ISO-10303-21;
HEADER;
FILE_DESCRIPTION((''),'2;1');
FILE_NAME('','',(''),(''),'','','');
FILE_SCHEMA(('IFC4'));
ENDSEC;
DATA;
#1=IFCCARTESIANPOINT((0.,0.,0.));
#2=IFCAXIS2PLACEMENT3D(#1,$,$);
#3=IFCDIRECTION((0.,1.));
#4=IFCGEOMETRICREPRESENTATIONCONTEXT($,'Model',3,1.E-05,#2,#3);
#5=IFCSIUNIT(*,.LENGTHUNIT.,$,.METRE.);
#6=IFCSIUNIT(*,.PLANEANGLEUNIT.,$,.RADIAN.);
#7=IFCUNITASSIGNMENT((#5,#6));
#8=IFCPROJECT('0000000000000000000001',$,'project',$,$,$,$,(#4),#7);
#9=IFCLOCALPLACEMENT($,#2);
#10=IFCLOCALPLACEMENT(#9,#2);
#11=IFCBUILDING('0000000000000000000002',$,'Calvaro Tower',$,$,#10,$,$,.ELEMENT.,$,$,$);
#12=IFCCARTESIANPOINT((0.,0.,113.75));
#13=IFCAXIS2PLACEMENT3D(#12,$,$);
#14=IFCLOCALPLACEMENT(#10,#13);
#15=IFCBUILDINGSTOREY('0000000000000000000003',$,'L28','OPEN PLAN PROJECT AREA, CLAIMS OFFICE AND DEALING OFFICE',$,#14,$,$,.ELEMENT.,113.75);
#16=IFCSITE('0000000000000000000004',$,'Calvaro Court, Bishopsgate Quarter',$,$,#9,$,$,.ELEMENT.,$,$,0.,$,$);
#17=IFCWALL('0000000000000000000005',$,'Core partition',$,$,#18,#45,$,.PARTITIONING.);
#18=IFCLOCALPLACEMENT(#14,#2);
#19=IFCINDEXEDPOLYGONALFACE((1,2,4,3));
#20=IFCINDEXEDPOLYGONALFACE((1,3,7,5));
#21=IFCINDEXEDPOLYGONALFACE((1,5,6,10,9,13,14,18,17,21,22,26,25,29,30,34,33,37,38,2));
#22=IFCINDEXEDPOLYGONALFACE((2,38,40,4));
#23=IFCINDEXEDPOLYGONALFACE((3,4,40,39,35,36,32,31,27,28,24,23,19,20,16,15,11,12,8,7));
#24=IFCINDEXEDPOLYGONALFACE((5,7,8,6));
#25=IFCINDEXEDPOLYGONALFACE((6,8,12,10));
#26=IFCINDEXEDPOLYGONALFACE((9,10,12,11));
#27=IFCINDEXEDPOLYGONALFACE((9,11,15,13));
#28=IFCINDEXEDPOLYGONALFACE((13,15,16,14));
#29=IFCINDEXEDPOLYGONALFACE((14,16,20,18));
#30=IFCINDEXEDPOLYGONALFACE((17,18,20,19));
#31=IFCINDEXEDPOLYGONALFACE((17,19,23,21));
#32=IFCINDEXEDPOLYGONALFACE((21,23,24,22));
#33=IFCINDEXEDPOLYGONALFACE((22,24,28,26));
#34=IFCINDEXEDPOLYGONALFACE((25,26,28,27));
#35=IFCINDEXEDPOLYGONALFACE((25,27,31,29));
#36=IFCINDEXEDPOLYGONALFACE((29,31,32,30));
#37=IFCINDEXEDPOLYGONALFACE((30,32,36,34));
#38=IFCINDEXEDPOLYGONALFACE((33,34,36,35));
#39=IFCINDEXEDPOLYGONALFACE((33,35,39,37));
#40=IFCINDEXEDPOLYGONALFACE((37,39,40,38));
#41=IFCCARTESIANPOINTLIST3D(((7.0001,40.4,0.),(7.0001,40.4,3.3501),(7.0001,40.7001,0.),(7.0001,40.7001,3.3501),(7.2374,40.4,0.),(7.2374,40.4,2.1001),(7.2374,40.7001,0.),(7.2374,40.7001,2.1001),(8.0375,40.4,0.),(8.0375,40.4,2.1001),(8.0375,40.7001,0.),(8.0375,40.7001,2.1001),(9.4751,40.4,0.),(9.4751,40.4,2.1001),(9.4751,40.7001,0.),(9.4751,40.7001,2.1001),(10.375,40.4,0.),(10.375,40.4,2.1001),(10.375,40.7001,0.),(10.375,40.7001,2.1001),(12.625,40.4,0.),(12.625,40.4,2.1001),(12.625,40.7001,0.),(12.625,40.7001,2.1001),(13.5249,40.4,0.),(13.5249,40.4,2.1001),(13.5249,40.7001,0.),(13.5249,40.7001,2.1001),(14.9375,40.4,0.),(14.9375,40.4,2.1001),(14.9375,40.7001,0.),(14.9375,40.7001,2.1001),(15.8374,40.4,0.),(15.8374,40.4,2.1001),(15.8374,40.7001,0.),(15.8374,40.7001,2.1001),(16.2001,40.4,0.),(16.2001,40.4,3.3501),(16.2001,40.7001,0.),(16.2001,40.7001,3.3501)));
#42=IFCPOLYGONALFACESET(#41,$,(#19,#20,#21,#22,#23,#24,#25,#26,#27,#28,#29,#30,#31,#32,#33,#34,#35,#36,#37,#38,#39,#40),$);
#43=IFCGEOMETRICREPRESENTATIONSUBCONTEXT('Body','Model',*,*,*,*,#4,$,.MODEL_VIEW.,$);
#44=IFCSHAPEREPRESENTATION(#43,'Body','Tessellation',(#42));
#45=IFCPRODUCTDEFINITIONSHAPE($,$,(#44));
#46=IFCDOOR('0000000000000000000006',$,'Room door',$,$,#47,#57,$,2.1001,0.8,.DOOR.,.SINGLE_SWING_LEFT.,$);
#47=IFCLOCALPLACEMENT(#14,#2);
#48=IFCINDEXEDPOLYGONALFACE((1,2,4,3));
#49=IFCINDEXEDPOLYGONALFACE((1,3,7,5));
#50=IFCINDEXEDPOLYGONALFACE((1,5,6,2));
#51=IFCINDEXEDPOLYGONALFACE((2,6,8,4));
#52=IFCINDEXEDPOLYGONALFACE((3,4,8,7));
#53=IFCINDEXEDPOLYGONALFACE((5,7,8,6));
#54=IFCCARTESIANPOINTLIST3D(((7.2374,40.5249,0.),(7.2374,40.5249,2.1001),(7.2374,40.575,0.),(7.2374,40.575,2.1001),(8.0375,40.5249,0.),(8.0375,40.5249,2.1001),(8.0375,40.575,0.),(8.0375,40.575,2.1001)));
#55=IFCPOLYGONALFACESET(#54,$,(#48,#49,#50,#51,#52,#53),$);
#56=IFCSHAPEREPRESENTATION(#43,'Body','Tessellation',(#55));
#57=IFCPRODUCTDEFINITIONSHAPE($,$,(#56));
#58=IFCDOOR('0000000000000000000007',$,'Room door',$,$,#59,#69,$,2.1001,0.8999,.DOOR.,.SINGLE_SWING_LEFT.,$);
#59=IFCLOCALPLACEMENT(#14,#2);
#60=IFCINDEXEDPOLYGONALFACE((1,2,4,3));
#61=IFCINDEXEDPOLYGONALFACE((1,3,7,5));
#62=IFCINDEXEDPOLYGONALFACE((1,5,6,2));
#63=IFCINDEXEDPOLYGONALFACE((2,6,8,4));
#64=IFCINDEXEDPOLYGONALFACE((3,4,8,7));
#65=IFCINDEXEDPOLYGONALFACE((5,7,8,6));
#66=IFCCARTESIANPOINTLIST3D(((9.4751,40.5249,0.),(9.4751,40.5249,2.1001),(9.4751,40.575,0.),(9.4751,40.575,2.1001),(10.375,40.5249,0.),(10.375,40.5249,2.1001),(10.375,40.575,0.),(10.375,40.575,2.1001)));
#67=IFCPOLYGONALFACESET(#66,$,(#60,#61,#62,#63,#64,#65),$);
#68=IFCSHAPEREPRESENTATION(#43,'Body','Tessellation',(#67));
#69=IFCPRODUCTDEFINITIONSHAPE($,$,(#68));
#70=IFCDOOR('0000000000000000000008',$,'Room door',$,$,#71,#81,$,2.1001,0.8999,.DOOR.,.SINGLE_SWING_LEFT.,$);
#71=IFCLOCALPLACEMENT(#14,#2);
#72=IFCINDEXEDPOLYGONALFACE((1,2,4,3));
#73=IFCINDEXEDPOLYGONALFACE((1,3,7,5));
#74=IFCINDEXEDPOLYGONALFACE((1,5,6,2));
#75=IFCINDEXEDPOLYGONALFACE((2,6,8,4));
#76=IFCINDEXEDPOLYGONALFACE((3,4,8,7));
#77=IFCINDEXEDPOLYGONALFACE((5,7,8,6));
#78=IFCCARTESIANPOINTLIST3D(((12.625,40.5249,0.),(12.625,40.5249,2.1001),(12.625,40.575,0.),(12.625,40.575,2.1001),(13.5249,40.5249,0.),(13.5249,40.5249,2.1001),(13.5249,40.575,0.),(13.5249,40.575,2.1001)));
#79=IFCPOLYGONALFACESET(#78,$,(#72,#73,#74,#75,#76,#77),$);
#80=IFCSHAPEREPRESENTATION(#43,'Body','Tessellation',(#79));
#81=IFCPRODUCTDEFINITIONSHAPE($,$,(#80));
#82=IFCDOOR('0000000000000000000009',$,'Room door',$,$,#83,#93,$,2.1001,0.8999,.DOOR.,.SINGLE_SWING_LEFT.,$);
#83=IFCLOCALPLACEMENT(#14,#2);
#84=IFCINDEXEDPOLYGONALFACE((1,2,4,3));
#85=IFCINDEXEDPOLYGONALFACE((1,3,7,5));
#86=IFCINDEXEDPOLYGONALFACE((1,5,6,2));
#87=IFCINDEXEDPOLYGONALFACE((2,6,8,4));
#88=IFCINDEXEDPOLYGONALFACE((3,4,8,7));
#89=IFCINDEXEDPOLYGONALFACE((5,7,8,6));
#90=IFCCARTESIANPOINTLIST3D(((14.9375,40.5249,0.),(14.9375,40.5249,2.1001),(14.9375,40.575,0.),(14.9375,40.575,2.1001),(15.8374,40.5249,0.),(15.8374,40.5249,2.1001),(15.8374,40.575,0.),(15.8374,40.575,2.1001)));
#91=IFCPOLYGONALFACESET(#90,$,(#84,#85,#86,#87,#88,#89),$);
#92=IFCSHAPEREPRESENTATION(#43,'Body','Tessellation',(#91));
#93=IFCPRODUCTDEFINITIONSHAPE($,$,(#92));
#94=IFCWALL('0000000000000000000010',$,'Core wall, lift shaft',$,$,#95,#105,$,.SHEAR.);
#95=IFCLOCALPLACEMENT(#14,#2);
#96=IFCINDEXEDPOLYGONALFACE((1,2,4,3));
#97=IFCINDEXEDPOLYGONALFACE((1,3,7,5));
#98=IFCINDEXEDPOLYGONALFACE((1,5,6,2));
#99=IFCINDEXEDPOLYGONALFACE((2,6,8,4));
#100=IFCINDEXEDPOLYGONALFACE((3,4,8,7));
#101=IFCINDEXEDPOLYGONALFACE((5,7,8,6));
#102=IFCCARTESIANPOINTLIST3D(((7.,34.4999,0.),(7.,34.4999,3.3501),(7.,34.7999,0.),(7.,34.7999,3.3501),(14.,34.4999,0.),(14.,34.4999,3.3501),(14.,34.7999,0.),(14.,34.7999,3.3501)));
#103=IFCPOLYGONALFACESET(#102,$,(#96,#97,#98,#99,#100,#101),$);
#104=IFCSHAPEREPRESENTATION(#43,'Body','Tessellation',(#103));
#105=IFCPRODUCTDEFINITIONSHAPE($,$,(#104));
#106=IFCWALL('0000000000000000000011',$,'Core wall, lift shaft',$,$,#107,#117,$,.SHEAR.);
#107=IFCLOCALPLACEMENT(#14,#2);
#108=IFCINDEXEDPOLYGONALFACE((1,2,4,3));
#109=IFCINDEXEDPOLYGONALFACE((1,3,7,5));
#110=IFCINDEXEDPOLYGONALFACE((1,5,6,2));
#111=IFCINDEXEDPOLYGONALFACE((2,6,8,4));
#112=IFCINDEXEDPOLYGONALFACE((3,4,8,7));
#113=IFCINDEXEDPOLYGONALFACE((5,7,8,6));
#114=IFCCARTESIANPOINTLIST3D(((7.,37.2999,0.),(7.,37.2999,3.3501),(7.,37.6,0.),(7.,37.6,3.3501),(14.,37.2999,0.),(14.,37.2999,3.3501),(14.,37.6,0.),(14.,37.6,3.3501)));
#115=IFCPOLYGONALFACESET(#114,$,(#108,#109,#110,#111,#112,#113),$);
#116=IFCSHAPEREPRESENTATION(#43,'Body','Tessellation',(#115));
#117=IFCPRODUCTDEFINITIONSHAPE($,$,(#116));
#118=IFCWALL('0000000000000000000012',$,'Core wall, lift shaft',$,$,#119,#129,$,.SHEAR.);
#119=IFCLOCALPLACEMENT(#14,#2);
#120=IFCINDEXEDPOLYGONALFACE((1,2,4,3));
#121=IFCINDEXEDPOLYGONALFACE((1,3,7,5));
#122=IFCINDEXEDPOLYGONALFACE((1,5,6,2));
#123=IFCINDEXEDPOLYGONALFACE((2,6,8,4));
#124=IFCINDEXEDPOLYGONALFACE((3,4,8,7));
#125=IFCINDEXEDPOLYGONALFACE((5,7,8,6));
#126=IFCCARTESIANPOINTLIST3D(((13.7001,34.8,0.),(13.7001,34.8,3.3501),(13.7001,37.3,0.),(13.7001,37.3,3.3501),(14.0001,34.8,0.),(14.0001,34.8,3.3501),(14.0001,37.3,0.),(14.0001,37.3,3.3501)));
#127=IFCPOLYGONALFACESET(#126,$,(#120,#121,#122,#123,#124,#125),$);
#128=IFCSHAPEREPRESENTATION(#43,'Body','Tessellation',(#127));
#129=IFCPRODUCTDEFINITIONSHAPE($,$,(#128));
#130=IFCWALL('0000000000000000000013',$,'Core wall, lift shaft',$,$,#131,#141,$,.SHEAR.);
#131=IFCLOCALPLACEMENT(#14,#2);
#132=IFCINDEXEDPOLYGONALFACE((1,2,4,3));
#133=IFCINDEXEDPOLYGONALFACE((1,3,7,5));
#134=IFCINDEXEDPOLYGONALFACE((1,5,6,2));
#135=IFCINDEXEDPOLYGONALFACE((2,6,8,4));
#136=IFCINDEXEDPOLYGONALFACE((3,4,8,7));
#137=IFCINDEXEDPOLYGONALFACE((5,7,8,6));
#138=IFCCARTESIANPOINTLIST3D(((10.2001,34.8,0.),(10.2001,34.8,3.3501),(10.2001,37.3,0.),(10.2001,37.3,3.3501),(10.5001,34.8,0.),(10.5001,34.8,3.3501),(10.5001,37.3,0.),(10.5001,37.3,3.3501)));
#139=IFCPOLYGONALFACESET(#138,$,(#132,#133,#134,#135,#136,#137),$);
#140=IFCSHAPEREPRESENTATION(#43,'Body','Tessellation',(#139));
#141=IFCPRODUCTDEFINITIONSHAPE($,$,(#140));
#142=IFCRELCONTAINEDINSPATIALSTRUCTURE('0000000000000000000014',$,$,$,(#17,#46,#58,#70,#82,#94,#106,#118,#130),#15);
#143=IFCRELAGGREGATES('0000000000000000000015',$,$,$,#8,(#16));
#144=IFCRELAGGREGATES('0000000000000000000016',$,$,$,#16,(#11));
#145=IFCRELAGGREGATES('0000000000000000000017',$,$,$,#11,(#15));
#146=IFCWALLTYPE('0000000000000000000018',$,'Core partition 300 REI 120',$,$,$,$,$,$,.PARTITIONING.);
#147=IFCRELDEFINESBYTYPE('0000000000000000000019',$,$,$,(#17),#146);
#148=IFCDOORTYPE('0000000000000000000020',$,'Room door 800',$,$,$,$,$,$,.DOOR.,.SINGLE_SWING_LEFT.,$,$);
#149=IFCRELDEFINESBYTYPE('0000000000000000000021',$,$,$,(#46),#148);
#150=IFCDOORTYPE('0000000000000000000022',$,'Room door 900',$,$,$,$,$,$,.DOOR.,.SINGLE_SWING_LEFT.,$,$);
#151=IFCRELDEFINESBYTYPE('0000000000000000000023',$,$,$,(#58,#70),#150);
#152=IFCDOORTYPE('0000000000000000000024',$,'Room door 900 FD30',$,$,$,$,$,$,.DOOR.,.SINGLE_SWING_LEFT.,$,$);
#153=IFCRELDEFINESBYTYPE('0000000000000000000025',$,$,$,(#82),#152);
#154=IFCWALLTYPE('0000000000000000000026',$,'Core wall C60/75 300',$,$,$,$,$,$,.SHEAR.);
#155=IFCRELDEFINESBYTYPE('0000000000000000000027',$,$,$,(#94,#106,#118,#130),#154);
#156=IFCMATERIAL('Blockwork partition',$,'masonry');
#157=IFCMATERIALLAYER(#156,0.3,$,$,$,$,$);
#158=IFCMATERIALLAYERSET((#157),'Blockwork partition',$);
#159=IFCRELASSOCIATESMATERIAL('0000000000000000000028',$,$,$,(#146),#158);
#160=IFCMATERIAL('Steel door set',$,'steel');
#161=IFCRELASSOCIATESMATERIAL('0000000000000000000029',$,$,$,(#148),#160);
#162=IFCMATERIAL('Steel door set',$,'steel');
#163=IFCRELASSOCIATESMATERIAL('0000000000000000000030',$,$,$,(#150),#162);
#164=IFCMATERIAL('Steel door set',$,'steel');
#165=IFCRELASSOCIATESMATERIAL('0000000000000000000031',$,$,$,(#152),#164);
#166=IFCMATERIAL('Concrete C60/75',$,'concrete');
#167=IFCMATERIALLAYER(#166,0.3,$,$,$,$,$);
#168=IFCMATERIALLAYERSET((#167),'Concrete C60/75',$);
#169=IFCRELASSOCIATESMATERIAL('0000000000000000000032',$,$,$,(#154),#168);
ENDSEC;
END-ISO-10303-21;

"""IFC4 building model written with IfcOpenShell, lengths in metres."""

from ifc_helpers import new_model, si_unit, direction, frame, frame_2d, origin, place, context, subcontext, project, spatial, rectangle, extrude, material, layer, layer_set, type_object, element, fill, save


model = new_model("IFC4")

# Units and contexts
model_context = context("Model", 3, precision=1e-05, world=origin(), true_north=direction((0.0, 1.0)))
body_context = subcontext(model_context, "Body", "Model", "MODEL_VIEW")
ifc_project = project(units=[si_unit("LENGTHUNIT", "METRE"), si_unit("PLANEANGLEUNIT", "RADIAN")], contexts=[model_context])

# Site, building, storey
site_placement = place(None, origin())
site = spatial("IfcSite", under=ifc_project, at=site_placement, Name="Calvaro Court, Bishopsgate Quarter", CompositionType="ELEMENT", RefElevation=0.0)
building_placement = place(site_placement, origin())
building = spatial("IfcBuilding", under=site, at=building_placement, Name="Calvaro Tower", CompositionType="ELEMENT")
storey_placement = place(building_placement, frame((0.0, 0.0, 113.75)))
storey = spatial("IfcBuildingStorey", under=building, at=storey_placement, Name="L28", Description="OPEN PLAN PROJECT AREA, CLAIMS OFFICE AND DEALING OFFICE", CompositionType="ELEMENT", Elevation=113.75)

# Wall, openings, doors
ifc_material_1 = material(Name="Blockwork partition", Category="masonry")
ifc_layer_1 = layer(ifc_material_1, 0.3)
ifc_layer_set_1 = layer_set([ifc_layer_1], Name="Blockwork partition")
wall_type_1 = type_object("IfcWallType", Name="Core partition 300 REI 120", PredefinedType="PARTITIONING", material=ifc_layer_set_1)
wall_1_placement = place(storey_placement, frame((7.0, 40.55, 0.0), z_axis=(0.0, 0.0, 1.0), x_axis=(1.0, 0.0, 0.0)))
wall_1 = element("IfcWall", 1, at=wall_1_placement, inside=storey, type_object=wall_type_1, Name="Core partition", PredefinedType="PARTITIONING", context=body_context, shape_type="SweptSolid", body=[
    extrude(rectangle(XDim=9.2, YDim=0.3, at=frame_2d((4.6001, 0.0))), origin(), (0.0, 0.0, 1.0), 3.3501),
])
opening_1_placement = place(wall_1_placement, frame((0.2375, 0.0, 0.0)))
opening_1 = element("IfcOpeningElement", 2, at=opening_1_placement, cuts=wall_1, PredefinedType="OPENING", context=body_context, shape_type="SweptSolid", body=[
    extrude(rectangle(XDim=0.8, YDim=2.1001, at=frame_2d((0.3999, 1.05))), frame((0.0, 0.1599, 0.0), z_axis=(0.0, -1.0, 0.0), x_axis=(1.0, 0.0, 0.0)), (0.0, 0.0, 1.0), 0.3201),
])
opening_2_placement = place(wall_1_placement, frame((2.4751, 0.0, 0.0)))
opening_2 = element("IfcOpeningElement", 3, at=opening_2_placement, cuts=wall_1, PredefinedType="OPENING", context=body_context, shape_type="SweptSolid", body=[
    extrude(rectangle(XDim=0.8999, YDim=2.1001, at=frame_2d((0.45, 1.05))), frame((0.0, 0.1599, 0.0), z_axis=(0.0, -1.0, 0.0), x_axis=(1.0, 0.0, 0.0)), (0.0, 0.0, 1.0), 0.3201),
])
opening_3_placement = place(wall_1_placement, frame((5.625, 0.0, 0.0)))
opening_3 = element("IfcOpeningElement", 4, at=opening_3_placement, cuts=wall_1, PredefinedType="OPENING", context=body_context, shape_type="SweptSolid", body=[
    extrude(rectangle(XDim=0.8999, YDim=2.1001, at=frame_2d((0.45, 1.05))), frame((0.0, 0.1599, 0.0), z_axis=(0.0, -1.0, 0.0), x_axis=(1.0, 0.0, 0.0)), (0.0, 0.0, 1.0), 0.3201),
])
opening_4_placement = place(wall_1_placement, frame((7.9375, 0.0, 0.0)))
opening_4 = element("IfcOpeningElement", 5, at=opening_4_placement, cuts=wall_1, PredefinedType="OPENING", context=body_context, shape_type="SweptSolid", body=[
    extrude(rectangle(XDim=0.8999, YDim=2.1001, at=frame_2d((0.45, 1.05))), frame((0.0, 0.1599, 0.0), z_axis=(0.0, -1.0, 0.0), x_axis=(1.0, 0.0, 0.0)), (0.0, 0.0, 1.0), 0.3201),
])
ifc_material_2 = material(Name="Steel door set", Category="steel")
door_type_1 = type_object("IfcDoorType", Name="Room door 800", OperationType="SINGLE_SWING_LEFT", PredefinedType="DOOR", material=ifc_material_2)
door_1_placement = place(opening_1_placement, origin())
door_1 = element("IfcDoor", 6, at=door_1_placement, inside=storey, type_object=door_type_1, Name="Room door", OperationType="SINGLE_SWING_LEFT", OverallHeight=2.1001, OverallWidth=0.8, PredefinedType="DOOR", context=body_context, shape_type="SweptSolid", body=[
    extrude(rectangle(XDim=0.8, YDim=2.1001, at=frame_2d((0.3999, 1.05))), frame((0.0, 0.0249, 0.0), z_axis=(0.0, -1.0, 0.0), x_axis=(1.0, 0.0, 0.0)), (0.0, 0.0, 1.0), 0.05),
])
fill(opening_1, door_1)
ifc_material_3 = material(Name="Steel door set", Category="steel")
door_type_2 = type_object("IfcDoorType", Name="Room door 900", OperationType="SINGLE_SWING_LEFT", PredefinedType="DOOR", material=ifc_material_3)
door_2_placement = place(opening_2_placement, origin())
door_2 = element("IfcDoor", 7, at=door_2_placement, inside=storey, type_object=door_type_2, Name="Room door", OperationType="SINGLE_SWING_LEFT", OverallHeight=2.1001, OverallWidth=0.8999, PredefinedType="DOOR", context=body_context, shape_type="SweptSolid", body=[
    extrude(rectangle(XDim=0.8999, YDim=2.1001, at=frame_2d((0.45, 1.05))), frame((0.0, 0.0249, 0.0), z_axis=(0.0, -1.0, 0.0), x_axis=(1.0, 0.0, 0.0)), (0.0, 0.0, 1.0), 0.05),
])
fill(opening_2, door_2)
door_3_placement = place(opening_3_placement, origin())
door_3 = element("IfcDoor", 8, at=door_3_placement, inside=storey, type_object=door_type_2, Name="Room door", OperationType="SINGLE_SWING_LEFT", OverallHeight=2.1001, OverallWidth=0.8999, PredefinedType="DOOR", context=body_context, shape_type="SweptSolid", body=[
    extrude(rectangle(XDim=0.8999, YDim=2.1001, at=frame_2d((0.45, 1.05))), frame((0.0, 0.0249, 0.0), z_axis=(0.0, -1.0, 0.0), x_axis=(1.0, 0.0, 0.0)), (0.0, 0.0, 1.0), 0.05),
])
fill(opening_3, door_3)
ifc_material_4 = material(Name="Steel door set", Category="steel")
door_type_3 = type_object("IfcDoorType", Name="Room door 900 FD30", OperationType="SINGLE_SWING_LEFT", PredefinedType="DOOR", material=ifc_material_4)
door_4_placement = place(opening_4_placement, origin())
door_4 = element("IfcDoor", 9, at=door_4_placement, inside=storey, type_object=door_type_3, Name="Room door", OperationType="SINGLE_SWING_LEFT", OverallHeight=2.1001, OverallWidth=0.8999, PredefinedType="DOOR", context=body_context, shape_type="SweptSolid", body=[
    extrude(rectangle(XDim=0.8999, YDim=2.1001, at=frame_2d((0.45, 1.05))), frame((0.0, 0.0249, 0.0), z_axis=(0.0, -1.0, 0.0), x_axis=(1.0, 0.0, 0.0)), (0.0, 0.0, 1.0), 0.05),
])
fill(opening_4, door_4)

# Walls
ifc_material_5 = material(Name="Concrete C60/75", Category="concrete")
ifc_layer_2 = layer(ifc_material_5, 0.3)
ifc_layer_set_2 = layer_set([ifc_layer_2], Name="Concrete C60/75")
wall_type_2 = type_object("IfcWallType", Name="Core wall C60/75 300", PredefinedType="SHEAR", material=ifc_layer_set_2)
for number, where, z_axis, x_axis, name in (
    (10, (7.0, 34.6499, 0.0), (0.0, 0.0, 1.0), (1.0, 0.0, 0.0), "Core wall, lift shaft"),
    (11, (7.0, 37.45, 0.0), (0.0, 0.0, 1.0), (1.0, 0.0, 0.0), "Core wall, lift shaft"),
):
    element("IfcWall", number, at=place(storey_placement, frame(where, z_axis=z_axis, x_axis=x_axis)), inside=storey, type_object=wall_type_2, Name=name, PredefinedType="SHEAR", context=body_context, shape_type="SweptSolid", body=[
        extrude(rectangle(XDim=7.0, YDim=0.3, at=frame_2d((3.5, 0.0))), origin(), (0.0, 0.0, 1.0), 3.3501),
    ])
for number, where, z_axis, x_axis, name in (
    (12, (13.8501, 34.8, 0.0), (0.0, 0.0, 1.0), (0.0, 1.0, 0.0), "Core wall, lift shaft"),
    (13, (10.3501, 34.8, 0.0), (0.0, 0.0, 1.0), (0.0, 1.0, 0.0), "Core wall, lift shaft"),
):
    element("IfcWall", number, at=place(storey_placement, frame(where, z_axis=z_axis, x_axis=x_axis)), inside=storey, type_object=wall_type_2, Name=name, PredefinedType="SHEAR", context=body_context, shape_type="SweptSolid", body=[
        extrude(rectangle(XDim=2.5, YDim=0.3, at=frame_2d((1.25, 0.0))), origin(), (0.0, 0.0, 1.0), 3.3501),
    ])

save(model, "model.ifc")
